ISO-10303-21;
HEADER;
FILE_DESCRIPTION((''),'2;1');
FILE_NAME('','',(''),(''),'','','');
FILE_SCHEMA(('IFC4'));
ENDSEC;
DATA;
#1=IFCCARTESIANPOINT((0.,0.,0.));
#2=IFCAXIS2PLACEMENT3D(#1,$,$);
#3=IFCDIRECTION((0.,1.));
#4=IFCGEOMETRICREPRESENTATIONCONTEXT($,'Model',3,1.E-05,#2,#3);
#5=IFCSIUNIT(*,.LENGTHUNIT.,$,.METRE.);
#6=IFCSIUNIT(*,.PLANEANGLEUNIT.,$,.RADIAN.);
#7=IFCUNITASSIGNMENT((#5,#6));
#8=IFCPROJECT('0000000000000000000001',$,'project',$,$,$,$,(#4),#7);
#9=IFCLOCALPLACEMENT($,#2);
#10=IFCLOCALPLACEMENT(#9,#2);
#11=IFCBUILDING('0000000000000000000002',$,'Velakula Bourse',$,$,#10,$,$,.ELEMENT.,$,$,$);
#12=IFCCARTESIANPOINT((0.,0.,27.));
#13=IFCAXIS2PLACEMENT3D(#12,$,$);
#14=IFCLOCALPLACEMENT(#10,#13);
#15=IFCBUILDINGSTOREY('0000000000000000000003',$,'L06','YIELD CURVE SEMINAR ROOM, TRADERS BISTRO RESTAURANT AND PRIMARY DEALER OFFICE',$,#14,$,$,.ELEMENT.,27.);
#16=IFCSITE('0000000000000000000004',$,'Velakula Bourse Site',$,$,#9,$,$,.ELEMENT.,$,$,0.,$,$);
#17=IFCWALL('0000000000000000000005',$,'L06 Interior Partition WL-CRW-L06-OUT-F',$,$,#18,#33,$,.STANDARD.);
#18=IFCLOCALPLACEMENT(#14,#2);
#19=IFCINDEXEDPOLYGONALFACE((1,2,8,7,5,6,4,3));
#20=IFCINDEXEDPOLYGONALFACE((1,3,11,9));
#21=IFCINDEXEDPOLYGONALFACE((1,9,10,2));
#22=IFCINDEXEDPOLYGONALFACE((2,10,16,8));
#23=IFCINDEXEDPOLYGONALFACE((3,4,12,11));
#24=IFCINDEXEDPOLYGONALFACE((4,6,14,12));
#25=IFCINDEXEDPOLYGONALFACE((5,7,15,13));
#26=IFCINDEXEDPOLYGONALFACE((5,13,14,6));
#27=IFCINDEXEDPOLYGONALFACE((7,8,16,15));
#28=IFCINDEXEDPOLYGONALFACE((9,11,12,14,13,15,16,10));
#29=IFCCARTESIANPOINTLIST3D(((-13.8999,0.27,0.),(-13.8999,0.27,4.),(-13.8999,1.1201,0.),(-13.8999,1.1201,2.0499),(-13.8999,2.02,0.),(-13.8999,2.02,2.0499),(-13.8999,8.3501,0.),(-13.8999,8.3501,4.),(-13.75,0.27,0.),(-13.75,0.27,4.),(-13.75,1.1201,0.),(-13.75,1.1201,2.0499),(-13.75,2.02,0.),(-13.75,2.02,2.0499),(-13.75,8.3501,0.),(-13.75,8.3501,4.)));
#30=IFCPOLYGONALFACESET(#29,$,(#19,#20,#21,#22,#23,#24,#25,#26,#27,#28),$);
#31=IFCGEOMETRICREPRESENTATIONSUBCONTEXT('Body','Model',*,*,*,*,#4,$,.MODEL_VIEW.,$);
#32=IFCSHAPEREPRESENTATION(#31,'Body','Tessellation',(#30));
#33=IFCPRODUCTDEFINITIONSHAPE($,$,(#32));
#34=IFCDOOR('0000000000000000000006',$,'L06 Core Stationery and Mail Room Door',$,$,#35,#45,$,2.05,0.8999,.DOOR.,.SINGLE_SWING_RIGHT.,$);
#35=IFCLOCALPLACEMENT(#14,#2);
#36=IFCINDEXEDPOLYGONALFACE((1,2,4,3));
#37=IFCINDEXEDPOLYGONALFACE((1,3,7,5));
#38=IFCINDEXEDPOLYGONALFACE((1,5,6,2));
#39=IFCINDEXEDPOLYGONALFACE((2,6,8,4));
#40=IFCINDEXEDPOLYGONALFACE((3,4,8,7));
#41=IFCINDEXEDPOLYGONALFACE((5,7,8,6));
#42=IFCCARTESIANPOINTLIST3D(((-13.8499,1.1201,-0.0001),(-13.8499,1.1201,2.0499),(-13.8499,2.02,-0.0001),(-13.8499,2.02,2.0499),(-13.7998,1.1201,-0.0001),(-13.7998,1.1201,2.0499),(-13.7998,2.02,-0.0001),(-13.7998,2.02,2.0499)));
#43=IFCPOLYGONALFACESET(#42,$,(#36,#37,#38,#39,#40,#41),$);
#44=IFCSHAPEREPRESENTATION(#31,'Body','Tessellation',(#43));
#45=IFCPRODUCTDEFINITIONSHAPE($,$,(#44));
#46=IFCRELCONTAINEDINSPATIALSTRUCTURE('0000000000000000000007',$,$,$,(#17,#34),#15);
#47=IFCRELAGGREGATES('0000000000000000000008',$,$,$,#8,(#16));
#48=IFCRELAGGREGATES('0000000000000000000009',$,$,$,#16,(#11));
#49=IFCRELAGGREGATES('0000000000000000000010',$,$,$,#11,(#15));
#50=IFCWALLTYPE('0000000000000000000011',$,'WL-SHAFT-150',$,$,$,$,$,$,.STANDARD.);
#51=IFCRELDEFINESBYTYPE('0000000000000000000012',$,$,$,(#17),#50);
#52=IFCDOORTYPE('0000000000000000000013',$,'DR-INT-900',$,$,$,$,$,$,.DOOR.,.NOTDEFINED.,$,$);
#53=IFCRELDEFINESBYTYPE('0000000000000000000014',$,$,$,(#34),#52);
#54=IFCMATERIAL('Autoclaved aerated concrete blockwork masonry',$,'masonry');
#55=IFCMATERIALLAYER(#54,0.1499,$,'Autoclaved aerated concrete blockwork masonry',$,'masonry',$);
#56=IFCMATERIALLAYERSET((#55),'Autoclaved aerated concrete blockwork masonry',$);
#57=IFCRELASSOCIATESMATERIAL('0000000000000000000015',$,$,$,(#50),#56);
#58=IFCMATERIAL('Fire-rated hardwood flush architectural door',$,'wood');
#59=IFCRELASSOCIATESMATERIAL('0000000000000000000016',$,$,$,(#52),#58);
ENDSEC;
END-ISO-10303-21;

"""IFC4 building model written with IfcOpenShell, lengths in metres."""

from ifc_helpers import new_model, si_unit, direction, frame, frame_2d, origin, place, context, subcontext, project, spatial, rectangle, extrude, material, layer, layer_set, type_object, element, fill, save


model = new_model("IFC4")

# Units and contexts
model_context = context("Model", 3, precision=1e-05, world=origin(), true_north=direction((0.0, 1.0)))
body_context = subcontext(model_context, "Body", "Model", "MODEL_VIEW")
ifc_project = project(units=[si_unit("LENGTHUNIT", "METRE"), si_unit("PLANEANGLEUNIT", "RADIAN")], contexts=[model_context])

# Site, building, storey
site_placement = place(None, origin())
site = spatial("IfcSite", under=ifc_project, at=site_placement, Name="Velakula Bourse Site", CompositionType="ELEMENT", RefElevation=0.0)
building_placement = place(site_placement, origin())
building = spatial("IfcBuilding", under=site, at=building_placement, Name="Velakula Bourse", CompositionType="ELEMENT")
storey_placement = place(building_placement, frame((0.0, 0.0, 27.0)))
storey = spatial("IfcBuildingStorey", under=building, at=storey_placement, Name="L06", Description="YIELD CURVE SEMINAR ROOM, TRADERS BISTRO RESTAURANT AND PRIMARY DEALER OFFICE", CompositionType="ELEMENT", Elevation=27.0)

# Shared definitions
ifc_material_1 = material(Name="Fire-rated hardwood flush architectural door", Category="wood")

# Shared definitions
ifc_material_2 = material(Name="Autoclaved aerated concrete blockwork masonry", Category="masonry")
ifc_layer_1 = layer(ifc_material_2, 0.1499, Name="Autoclaved aerated concrete blockwork masonry", Category="masonry")
ifc_layer_set_1 = layer_set([ifc_layer_1], Name="Autoclaved aerated concrete blockwork masonry")
wall_type_1 = type_object("IfcWallType", Name="WL-SHAFT-150", PredefinedType="STANDARD", material=ifc_layer_set_1)

# Wall, opening, door
wall_1_placement = place(storey_placement, frame((-13.825, 0.27, 0.0), z_axis=(0.0, 0.0, 1.0), x_axis=(0.0, 1.0, 0.0)))
wall_1 = element("IfcWall", 1, at=wall_1_placement, inside=storey, type_object=wall_type_1, Name="L06 Interior Partition WL-CRW-L06-OUT-F", PredefinedType="STANDARD", context=body_context, shape_type="SweptSolid", body=[
    extrude(rectangle(XDim=8.0801, YDim=0.1499, at=frame_2d((4.04, 0.0))), origin(), (0.0, 0.0, 1.0), 4.0),
])
opening_1_placement = place(wall_1_placement, frame((0.8501, 0.0, 0.0)))
opening_1 = element("IfcOpeningElement", 2, at=opening_1_placement, cuts=wall_1, PredefinedType="OPENING", context=body_context, shape_type="SweptSolid", body=[
    extrude(rectangle(XDim=0.8999, YDim=2.05, at=frame_2d((0.45, 1.0249))), frame((0.0, 0.085, 0.0), z_axis=(0.0, -1.0, 0.0), x_axis=(1.0, 0.0, 0.0)), (0.0, 0.0, 1.0), 0.1699),
])
door_type_1 = type_object("IfcDoorType", Name="DR-INT-900", OperationType="NOTDEFINED", PredefinedType="DOOR", material=ifc_material_1)
door_1_placement = place(opening_1_placement, origin())
door_1 = element("IfcDoor", 3, at=door_1_placement, inside=storey, type_object=door_type_1, Name="L06 Core Stationery and Mail Room Door", OperationType="SINGLE_SWING_RIGHT", OverallHeight=2.05, OverallWidth=0.8999, PredefinedType="DOOR", context=body_context, shape_type="SweptSolid", body=[
    extrude(rectangle(XDim=0.8999, YDim=2.05, at=frame_2d((0.45, 1.0249))), frame((0.0, 0.0249, 0.0), z_axis=(0.0, -1.0, 0.0), x_axis=(1.0, 0.0, 0.0)), (0.0, 0.0, 1.0), 0.05),
])
fill(opening_1, door_1)

save(model, "model.ifc")
